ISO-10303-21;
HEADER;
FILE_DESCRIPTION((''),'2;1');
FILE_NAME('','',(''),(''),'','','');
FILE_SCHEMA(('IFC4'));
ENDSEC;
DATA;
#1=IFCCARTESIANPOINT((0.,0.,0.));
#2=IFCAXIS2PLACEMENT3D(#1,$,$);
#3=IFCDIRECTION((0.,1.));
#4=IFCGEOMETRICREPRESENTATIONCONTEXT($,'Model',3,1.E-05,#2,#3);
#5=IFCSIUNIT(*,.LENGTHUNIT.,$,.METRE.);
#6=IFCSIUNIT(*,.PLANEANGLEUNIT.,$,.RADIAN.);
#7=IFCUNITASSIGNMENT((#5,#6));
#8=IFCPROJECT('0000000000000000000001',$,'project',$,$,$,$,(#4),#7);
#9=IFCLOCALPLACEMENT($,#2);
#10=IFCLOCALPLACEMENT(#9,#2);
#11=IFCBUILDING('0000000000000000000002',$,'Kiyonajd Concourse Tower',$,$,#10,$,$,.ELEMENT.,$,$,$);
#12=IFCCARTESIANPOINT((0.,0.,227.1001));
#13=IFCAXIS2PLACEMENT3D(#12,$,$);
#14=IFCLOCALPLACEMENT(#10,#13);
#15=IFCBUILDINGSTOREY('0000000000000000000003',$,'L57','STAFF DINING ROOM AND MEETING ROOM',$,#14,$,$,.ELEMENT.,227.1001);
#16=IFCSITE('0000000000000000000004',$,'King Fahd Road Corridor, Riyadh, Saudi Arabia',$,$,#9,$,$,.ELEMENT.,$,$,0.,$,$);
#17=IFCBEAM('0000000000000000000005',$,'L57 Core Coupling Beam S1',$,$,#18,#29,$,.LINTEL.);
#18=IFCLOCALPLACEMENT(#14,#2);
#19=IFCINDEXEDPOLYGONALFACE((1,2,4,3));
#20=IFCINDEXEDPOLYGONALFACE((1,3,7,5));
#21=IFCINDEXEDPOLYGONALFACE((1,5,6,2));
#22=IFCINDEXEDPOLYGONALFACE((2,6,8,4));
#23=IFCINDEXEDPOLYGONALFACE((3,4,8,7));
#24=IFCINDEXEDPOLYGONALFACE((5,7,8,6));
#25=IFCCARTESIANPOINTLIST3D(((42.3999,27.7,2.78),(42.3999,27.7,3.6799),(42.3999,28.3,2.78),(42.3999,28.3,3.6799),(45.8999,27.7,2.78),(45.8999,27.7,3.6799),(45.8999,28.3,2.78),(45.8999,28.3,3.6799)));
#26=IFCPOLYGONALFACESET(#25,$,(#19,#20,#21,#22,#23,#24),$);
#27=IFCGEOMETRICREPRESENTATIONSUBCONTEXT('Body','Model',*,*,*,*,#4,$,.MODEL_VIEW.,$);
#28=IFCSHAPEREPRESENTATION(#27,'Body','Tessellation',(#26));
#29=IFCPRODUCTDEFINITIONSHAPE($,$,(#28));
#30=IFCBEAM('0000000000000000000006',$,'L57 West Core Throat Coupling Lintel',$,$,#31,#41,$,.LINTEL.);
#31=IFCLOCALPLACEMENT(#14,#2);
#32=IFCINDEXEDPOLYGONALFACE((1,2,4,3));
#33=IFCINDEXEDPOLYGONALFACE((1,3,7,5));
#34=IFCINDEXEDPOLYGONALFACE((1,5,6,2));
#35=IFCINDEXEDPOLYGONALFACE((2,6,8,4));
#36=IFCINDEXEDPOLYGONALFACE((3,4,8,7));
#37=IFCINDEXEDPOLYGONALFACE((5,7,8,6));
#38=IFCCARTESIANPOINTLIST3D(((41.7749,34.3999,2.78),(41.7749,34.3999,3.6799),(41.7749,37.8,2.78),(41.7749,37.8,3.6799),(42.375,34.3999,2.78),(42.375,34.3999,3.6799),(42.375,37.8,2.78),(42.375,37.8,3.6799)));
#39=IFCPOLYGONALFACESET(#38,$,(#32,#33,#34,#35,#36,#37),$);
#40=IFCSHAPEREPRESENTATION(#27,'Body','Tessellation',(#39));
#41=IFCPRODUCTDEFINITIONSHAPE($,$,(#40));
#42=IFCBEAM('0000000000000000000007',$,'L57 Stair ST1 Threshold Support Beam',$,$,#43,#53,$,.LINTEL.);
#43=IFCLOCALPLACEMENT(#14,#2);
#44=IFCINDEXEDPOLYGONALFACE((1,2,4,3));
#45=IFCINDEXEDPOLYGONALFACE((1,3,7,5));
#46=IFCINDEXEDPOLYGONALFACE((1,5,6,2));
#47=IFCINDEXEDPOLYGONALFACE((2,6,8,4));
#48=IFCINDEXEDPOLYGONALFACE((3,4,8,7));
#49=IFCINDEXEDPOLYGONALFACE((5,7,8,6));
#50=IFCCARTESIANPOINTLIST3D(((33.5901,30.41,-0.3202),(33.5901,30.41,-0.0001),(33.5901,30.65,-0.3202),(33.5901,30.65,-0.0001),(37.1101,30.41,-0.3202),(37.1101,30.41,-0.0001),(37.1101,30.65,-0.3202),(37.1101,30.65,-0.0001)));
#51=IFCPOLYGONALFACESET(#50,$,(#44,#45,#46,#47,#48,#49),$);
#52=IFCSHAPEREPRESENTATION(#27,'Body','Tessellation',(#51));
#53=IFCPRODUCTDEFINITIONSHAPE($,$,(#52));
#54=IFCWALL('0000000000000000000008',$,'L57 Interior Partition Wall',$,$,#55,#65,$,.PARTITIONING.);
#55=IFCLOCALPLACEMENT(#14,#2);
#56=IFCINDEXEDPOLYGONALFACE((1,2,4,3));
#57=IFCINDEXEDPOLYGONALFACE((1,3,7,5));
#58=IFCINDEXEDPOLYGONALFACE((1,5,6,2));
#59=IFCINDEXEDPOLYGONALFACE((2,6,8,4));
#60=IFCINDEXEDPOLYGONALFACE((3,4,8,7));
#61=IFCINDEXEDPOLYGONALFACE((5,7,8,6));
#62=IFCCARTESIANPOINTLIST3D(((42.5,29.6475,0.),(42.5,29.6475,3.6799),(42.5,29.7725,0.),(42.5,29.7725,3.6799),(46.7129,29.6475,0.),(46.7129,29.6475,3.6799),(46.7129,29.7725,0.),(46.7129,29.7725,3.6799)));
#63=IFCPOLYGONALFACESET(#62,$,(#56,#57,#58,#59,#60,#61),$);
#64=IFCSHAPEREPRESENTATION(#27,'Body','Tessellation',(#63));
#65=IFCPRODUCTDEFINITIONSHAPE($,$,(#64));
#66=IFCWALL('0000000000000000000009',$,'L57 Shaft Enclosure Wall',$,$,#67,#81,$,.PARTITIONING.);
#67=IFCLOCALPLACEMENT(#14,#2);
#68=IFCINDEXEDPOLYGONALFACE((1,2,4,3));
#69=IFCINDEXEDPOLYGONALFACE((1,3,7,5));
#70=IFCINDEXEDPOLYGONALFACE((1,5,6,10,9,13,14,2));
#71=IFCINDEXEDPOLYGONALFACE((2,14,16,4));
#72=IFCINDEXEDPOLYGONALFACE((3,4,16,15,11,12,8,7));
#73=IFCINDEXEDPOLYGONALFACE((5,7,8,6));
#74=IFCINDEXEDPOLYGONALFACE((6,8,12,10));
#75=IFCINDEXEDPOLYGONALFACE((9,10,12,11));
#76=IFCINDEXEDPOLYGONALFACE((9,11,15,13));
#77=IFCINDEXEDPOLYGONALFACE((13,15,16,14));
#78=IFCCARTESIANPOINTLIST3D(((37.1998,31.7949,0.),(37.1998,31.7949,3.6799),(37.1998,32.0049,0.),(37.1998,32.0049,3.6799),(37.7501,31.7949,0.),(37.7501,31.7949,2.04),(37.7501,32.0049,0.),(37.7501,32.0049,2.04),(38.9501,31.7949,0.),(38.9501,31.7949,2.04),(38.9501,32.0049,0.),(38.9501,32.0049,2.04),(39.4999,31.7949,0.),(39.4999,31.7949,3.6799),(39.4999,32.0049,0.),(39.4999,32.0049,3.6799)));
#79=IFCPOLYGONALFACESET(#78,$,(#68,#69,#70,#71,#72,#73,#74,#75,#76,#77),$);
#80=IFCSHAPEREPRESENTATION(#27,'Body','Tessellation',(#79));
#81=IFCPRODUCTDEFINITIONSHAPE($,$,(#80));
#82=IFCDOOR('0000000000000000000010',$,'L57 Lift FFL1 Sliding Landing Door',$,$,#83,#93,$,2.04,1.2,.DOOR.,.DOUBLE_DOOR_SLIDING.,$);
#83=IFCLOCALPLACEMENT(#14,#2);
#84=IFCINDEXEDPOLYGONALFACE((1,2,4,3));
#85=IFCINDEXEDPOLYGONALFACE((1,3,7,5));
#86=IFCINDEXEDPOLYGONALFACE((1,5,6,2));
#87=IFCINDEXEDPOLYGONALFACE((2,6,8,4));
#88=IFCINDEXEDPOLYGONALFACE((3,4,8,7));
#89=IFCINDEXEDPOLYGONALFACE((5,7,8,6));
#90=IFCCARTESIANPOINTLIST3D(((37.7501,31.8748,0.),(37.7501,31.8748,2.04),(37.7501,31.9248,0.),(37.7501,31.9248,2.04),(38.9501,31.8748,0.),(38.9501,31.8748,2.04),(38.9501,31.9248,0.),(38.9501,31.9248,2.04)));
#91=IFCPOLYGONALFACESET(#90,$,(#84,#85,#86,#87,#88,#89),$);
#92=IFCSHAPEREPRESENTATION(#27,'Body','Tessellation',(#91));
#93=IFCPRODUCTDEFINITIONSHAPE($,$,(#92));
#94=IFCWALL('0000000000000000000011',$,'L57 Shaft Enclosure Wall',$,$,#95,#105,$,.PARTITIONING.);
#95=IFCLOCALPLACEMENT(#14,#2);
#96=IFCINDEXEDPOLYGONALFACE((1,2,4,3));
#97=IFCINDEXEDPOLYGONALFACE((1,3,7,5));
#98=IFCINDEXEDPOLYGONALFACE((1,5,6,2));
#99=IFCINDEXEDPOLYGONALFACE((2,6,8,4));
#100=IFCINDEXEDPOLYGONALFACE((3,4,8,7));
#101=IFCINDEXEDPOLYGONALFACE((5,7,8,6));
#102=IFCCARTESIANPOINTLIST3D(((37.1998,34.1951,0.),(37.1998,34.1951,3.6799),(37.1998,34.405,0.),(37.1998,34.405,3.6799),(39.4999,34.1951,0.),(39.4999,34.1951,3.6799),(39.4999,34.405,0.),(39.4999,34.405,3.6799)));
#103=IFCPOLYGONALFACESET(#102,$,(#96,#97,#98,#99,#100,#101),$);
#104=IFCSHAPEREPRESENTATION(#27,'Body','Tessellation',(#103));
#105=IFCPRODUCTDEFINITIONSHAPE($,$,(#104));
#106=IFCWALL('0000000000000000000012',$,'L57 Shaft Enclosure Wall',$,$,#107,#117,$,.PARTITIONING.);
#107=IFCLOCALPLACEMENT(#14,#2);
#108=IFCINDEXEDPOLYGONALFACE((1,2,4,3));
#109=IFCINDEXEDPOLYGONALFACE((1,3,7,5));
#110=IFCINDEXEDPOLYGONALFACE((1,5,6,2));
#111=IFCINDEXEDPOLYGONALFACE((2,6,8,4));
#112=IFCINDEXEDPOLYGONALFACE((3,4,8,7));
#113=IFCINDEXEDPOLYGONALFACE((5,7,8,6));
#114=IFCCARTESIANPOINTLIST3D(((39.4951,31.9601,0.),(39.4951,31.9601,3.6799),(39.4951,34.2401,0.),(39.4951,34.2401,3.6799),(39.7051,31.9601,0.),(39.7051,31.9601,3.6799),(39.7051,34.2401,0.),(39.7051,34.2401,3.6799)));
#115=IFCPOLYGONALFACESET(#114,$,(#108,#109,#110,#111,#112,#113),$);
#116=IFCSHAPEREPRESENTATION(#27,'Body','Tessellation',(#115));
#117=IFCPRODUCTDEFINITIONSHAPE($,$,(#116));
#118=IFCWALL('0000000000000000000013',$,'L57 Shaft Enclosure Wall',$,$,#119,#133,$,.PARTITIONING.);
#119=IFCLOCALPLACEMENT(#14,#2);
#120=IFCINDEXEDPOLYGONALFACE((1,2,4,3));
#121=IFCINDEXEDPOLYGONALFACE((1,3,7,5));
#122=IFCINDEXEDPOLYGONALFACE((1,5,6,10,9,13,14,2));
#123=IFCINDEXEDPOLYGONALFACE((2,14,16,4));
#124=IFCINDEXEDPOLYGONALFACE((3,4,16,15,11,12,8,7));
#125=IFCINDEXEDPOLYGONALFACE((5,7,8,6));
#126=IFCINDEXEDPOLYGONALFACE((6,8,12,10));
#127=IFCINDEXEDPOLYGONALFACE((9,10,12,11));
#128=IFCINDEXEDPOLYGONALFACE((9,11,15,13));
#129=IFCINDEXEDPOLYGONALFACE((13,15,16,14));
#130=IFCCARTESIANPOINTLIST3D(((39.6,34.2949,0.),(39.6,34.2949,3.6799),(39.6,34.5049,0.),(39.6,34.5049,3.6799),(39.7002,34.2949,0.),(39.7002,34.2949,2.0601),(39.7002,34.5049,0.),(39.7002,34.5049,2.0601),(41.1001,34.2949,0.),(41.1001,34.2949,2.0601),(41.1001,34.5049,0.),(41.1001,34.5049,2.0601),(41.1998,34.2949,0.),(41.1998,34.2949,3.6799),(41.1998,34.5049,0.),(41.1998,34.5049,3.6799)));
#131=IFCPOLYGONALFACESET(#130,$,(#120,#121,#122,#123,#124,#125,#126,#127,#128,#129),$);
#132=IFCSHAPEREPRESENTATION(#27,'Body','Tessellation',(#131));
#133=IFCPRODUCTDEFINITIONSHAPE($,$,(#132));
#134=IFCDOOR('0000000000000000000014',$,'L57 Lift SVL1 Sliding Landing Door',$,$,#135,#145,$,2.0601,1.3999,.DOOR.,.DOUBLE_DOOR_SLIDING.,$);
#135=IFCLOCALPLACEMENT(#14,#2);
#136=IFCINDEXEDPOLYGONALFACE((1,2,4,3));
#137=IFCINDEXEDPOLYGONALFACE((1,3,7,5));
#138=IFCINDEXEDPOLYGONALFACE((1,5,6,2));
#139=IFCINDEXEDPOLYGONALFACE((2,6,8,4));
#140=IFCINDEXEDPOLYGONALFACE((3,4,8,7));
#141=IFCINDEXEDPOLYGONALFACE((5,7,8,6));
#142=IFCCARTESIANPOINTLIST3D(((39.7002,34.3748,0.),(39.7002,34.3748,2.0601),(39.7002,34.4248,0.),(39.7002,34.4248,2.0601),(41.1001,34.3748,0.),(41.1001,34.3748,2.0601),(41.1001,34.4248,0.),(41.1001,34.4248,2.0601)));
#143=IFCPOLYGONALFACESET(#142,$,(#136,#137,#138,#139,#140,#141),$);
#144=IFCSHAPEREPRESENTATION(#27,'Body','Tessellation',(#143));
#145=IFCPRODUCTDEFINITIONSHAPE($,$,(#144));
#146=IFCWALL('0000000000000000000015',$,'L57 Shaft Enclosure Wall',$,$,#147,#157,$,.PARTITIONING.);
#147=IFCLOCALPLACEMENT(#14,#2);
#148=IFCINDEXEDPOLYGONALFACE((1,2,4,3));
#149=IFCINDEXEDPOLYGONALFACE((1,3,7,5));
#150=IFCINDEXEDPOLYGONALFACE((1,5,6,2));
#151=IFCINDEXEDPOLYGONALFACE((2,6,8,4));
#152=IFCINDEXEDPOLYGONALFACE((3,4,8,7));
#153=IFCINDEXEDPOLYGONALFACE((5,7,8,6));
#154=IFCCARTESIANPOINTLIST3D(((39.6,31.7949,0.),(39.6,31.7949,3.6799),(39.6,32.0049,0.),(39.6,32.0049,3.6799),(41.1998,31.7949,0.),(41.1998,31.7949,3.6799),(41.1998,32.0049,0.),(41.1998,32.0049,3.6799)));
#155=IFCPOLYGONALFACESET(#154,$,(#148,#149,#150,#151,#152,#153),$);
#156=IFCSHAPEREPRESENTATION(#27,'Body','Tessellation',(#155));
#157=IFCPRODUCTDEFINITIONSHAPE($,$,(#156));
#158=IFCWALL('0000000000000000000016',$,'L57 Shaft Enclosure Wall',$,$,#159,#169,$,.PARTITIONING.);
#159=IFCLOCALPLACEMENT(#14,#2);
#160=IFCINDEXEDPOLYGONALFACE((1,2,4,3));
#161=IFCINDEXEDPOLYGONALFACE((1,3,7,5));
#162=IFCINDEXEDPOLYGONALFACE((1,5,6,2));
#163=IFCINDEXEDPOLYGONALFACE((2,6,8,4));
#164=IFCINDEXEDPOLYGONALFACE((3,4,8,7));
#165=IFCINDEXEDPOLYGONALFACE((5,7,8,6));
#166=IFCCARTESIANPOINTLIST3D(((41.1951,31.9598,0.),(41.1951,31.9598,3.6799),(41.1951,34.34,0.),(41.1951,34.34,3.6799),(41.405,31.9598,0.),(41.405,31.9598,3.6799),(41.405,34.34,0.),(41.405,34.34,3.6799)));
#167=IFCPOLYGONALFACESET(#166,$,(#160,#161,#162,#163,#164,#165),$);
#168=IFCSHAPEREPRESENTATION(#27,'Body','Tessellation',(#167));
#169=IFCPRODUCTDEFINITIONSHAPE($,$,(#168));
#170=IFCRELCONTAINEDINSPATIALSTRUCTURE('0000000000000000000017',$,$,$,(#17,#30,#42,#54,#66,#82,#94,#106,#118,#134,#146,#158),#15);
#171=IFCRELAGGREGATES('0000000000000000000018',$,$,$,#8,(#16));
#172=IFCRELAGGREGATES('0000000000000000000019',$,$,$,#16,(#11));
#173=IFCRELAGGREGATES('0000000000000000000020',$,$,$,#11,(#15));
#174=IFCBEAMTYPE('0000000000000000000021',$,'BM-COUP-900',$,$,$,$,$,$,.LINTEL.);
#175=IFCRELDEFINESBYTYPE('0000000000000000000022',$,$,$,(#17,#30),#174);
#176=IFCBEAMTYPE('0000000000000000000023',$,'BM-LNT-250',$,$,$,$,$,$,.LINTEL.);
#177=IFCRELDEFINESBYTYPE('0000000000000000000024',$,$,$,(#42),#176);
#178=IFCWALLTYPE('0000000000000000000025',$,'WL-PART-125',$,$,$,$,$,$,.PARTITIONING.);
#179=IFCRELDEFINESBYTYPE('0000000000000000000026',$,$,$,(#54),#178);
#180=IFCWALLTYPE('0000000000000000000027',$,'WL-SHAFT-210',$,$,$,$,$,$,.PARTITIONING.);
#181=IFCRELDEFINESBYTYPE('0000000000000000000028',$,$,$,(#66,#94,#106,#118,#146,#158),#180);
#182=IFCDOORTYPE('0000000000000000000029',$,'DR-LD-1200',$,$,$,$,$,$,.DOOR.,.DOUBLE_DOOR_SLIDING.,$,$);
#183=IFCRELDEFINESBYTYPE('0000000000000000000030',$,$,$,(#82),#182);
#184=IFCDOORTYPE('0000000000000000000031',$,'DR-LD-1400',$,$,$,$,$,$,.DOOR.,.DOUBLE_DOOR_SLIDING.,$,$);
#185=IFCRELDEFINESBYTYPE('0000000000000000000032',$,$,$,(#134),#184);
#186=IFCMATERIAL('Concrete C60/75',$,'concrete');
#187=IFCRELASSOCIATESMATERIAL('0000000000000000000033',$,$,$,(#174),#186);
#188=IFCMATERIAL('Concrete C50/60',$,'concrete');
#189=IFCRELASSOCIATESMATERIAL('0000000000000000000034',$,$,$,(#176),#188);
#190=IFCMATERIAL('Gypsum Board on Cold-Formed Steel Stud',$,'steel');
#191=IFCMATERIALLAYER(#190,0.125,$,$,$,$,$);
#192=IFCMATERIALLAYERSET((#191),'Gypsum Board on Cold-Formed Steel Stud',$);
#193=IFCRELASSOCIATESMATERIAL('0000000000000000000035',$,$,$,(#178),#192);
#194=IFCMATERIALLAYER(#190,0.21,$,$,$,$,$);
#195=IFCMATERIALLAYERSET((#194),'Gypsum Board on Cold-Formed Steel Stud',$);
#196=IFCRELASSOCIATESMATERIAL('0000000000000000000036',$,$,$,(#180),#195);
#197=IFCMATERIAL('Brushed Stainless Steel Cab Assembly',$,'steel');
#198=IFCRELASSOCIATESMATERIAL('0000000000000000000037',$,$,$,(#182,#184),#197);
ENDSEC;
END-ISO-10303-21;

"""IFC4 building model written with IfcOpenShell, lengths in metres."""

from ifc_helpers import new_model, si_unit, direction, frame, frame_2d, origin, origin_2d, place, context, subcontext, project, spatial, rectangle, extrude, material, layer, layer_set, material_profile, profile_set, type_object, element, fill, save


model = new_model("IFC4")

# Units and contexts
model_context = context("Model", 3, precision=1e-05, world=origin(), true_north=direction((0.0, 1.0)))
body_context = subcontext(model_context, "Body", "Model", "MODEL_VIEW")
ifc_project = project(units=[si_unit("LENGTHUNIT", "METRE"), si_unit("PLANEANGLEUNIT", "RADIAN")], contexts=[model_context])

# Site, building, storey
site_placement = place(None, origin())
site = spatial("IfcSite", under=ifc_project, at=site_placement, Name="King Fahd Road Corridor, Riyadh, Saudi Arabia", CompositionType="ELEMENT", RefElevation=0.0)
building_placement = place(site_placement, origin())
building = spatial("IfcBuilding", under=site, at=building_placement, Name="Kiyonajd Concourse Tower", CompositionType="ELEMENT")
storey_placement = place(building_placement, frame((0.0, 0.0, 227.1001)))
storey = spatial("IfcBuildingStorey", under=building, at=storey_placement, Name="L57", Description="STAFF DINING ROOM AND MEETING ROOM", CompositionType="ELEMENT", Elevation=227.1001)

# Beams
ifc_material_1 = material(Name="Concrete C60/75", Category="concrete")
ifc_material_profile_1 = material_profile(ifc_material_1, rectangle(XDim=0.6001, YDim=0.8999, at=origin_2d()), Name="RCBM-600x900")
ifc_profile_set_1 = profile_set([ifc_material_profile_1], Name="Concrete C60/75")
beam_type_1 = type_object("IfcBeamType", Name="BM-COUP-900", PredefinedType="LINTEL", material=ifc_profile_set_1)
beam_1_placement = place(storey_placement, frame((42.3999, 28.0, 3.23), z_axis=(1.0, 0.0, 0.0), x_axis=(0.0, 1.0, 0.0)))
element("IfcBeam", 1, at=beam_1_placement, inside=storey, type_object=beam_type_1, Name="L57 Core Coupling Beam S1", PredefinedType="LINTEL", context=body_context, shape_type="SweptSolid", body=[
    extrude(rectangle(XDim=0.6001, YDim=0.8999, at=origin_2d()), origin(), (0.0, 0.0, 1.0), 3.5),
])
beam_2_placement = place(storey_placement, frame((42.075, 34.3999, 3.23), z_axis=(0.0, 1.0, 0.0), x_axis=(-1.0, 0.0, 0.0)))
element("IfcBeam", 2, at=beam_2_placement, inside=storey, type_object=beam_type_1, Name="L57 West Core Throat Coupling Lintel", PredefinedType="LINTEL", context=body_context, shape_type="SweptSolid", body=[
    extrude(rectangle(XDim=0.6001, YDim=0.8999, at=origin_2d()), origin(), (0.0, 0.0, 1.0), 3.4001),
])
ifc_material_2 = material(Name="Concrete C50/60", Category="concrete")
ifc_material_profile_2 = material_profile(ifc_material_2, rectangle(XDim=0.24, YDim=0.3201, at=origin_2d()), Name="RCBM-240x320")
ifc_profile_set_2 = profile_set([ifc_material_profile_2], Name="Concrete C50/60")
beam_type_2 = type_object("IfcBeamType", Name="BM-LNT-250", PredefinedType="LINTEL", material=ifc_profile_set_2)
beam_3_placement = place(storey_placement, frame((33.5901, 30.53, -0.1602), z_axis=(1.0, 0.0, 0.0), x_axis=(0.0, 1.0, 0.0)))
element("IfcBeam", 3, at=beam_3_placement, inside=storey, type_object=beam_type_2, Name="L57 Stair ST1 Threshold Support Beam", PredefinedType="LINTEL", context=body_context, shape_type="SweptSolid", body=[
    extrude(rectangle(XDim=0.24, YDim=0.3201, at=origin_2d()), origin(), (0.0, 0.0, 1.0), 3.52),
])

# Wall
ifc_material_3 = material(Name="Gypsum Board on Cold-Formed Steel Stud", Category="steel")
ifc_layer_1 = layer(ifc_material_3, 0.125)
ifc_layer_set_1 = layer_set([ifc_layer_1], Name="Gypsum Board on Cold-Formed Steel Stud")
wall_type_1 = type_object("IfcWallType", Name="WL-PART-125", PredefinedType="PARTITIONING", material=ifc_layer_set_1)
wall_1_placement = place(storey_placement, frame((42.5, 29.71, 0.0), z_axis=(0.0, 0.0, 1.0), x_axis=(1.0, 0.0, 0.0)))
element("IfcWall", 4, at=wall_1_placement, inside=storey, type_object=wall_type_1, Name="L57 Interior Partition Wall", PredefinedType="PARTITIONING", context=body_context, shape_type="SweptSolid", body=[
    extrude(rectangle(XDim=4.2129, YDim=0.125, at=frame_2d((2.1064, 0.0))), origin(), (0.0, 0.0, 1.0), 3.6799),
])

# Wall, opening, door
ifc_layer_2 = layer(ifc_material_3, 0.21)
ifc_layer_set_2 = layer_set([ifc_layer_2], Name="Gypsum Board on Cold-Formed Steel Stud")
wall_type_2 = type_object("IfcWallType", Name="WL-SHAFT-210", PredefinedType="PARTITIONING", material=ifc_layer_set_2)
wall_2_placement = place(storey_placement, frame((37.2, 31.8999, 0.0), z_axis=(0.0, 0.0, 1.0), x_axis=(1.0, 0.0, 0.0)))
wall_2 = element("IfcWall", 5, at=wall_2_placement, inside=storey, type_object=wall_type_2, Name="L57 Shaft Enclosure Wall", PredefinedType="PARTITIONING", context=body_context, shape_type="SweptSolid", body=[
    extrude(rectangle(XDim=2.3, YDim=0.21, at=frame_2d((1.1499, 0.0))), origin(), (0.0, 0.0, 1.0), 3.6799),
])
opening_1_placement = place(wall_2_placement, frame((0.55, 0.0, 0.0)))
opening_1 = element("IfcOpeningElement", 6, at=opening_1_placement, cuts=wall_2, PredefinedType="OPENING", context=body_context, shape_type="SweptSolid", body=[
    extrude(rectangle(XDim=1.2, YDim=2.04, at=frame_2d((0.6001, 1.02))), frame((0.0, 0.115, 0.0), z_axis=(0.0, -1.0, 0.0), x_axis=(1.0, 0.0, 0.0)), (0.0, 0.0, 1.0), 0.23),
])
ifc_material_4 = material(Name="Brushed Stainless Steel Cab Assembly", Category="steel")
door_type_1 = type_object("IfcDoorType", Name="DR-LD-1200", OperationType="DOUBLE_DOOR_SLIDING", PredefinedType="DOOR", material=ifc_material_4)
door_1_placement = place(opening_1_placement, origin())
door_1 = element("IfcDoor", 7, at=door_1_placement, inside=storey, type_object=door_type_1, Name="L57 Lift FFL1 Sliding Landing Door", OperationType="DOUBLE_DOOR_SLIDING", OverallHeight=2.04, OverallWidth=1.2, PredefinedType="DOOR", context=body_context, shape_type="SweptSolid", body=[
    extrude(rectangle(XDim=1.2, YDim=2.04, at=frame_2d((0.6001, 1.02))), frame((0.0, 0.0249, 0.0), z_axis=(0.0, -1.0, 0.0), x_axis=(1.0, 0.0, 0.0)), (0.0, 0.0, 1.0), 0.05),
])
fill(opening_1, door_1)

# Walls
wall_3_placement = place(storey_placement, frame((37.2, 34.3, 0.0), z_axis=(0.0, 0.0, 1.0), x_axis=(1.0, 0.0, 0.0)))
element("IfcWall", 8, at=wall_3_placement, inside=storey, type_object=wall_type_2, Name="L57 Shaft Enclosure Wall", PredefinedType="PARTITIONING", context=body_context, shape_type="SweptSolid", body=[
    extrude(rectangle(XDim=2.3, YDim=0.21, at=frame_2d((1.1499, 0.0))), origin(), (0.0, 0.0, 1.0), 3.6799),
])
wall_4_placement = place(storey_placement, frame((39.6001, 31.96, 0.0), z_axis=(0.0, 0.0, 1.0), x_axis=(0.0, 1.0, 0.0)))
element("IfcWall", 9, at=wall_4_placement, inside=storey, type_object=wall_type_2, Name="L57 Shaft Enclosure Wall", PredefinedType="PARTITIONING", context=body_context, shape_type="SweptSolid", body=[
    extrude(rectangle(XDim=2.28, YDim=0.21, at=frame_2d((1.1401, 0.0))), origin(), (0.0, 0.0, 1.0), 3.6799),
])

# Wall, opening, door
wall_5_placement = place(storey_placement, frame((39.6001, 34.3999, 0.0), z_axis=(0.0, 0.0, 1.0), x_axis=(1.0, 0.0, 0.0)))
wall_5 = element("IfcWall", 10, at=wall_5_placement, inside=storey, type_object=wall_type_2, Name="L57 Shaft Enclosure Wall", PredefinedType="PARTITIONING", context=body_context, shape_type="SweptSolid", body=[
    extrude(rectangle(XDim=1.5999, YDim=0.21, at=frame_2d((0.7998, 0.0))), origin(), (0.0, 0.0, 1.0), 3.6799),
])
opening_2_placement = place(wall_5_placement, frame((0.1001, 0.0, 0.0)))
opening_2 = element("IfcOpeningElement", 11, at=opening_2_placement, cuts=wall_5, PredefinedType="OPENING", context=body_context, shape_type="SweptSolid", body=[
    extrude(rectangle(XDim=1.3999, YDim=2.0601, at=frame_2d((0.7, 1.03))), frame((0.0, 0.115, 0.0), z_axis=(0.0, -1.0, 0.0), x_axis=(1.0, 0.0, 0.0)), (0.0, 0.0, 1.0), 0.23),
])
door_type_2 = type_object("IfcDoorType", Name="DR-LD-1400", OperationType="DOUBLE_DOOR_SLIDING", PredefinedType="DOOR", material=ifc_material_4)
door_2_placement = place(opening_2_placement, origin())
door_2 = element("IfcDoor", 12, at=door_2_placement, inside=storey, type_object=door_type_2, Name="L57 Lift SVL1 Sliding Landing Door", OperationType="DOUBLE_DOOR_SLIDING", OverallHeight=2.0601, OverallWidth=1.3999, PredefinedType="DOOR", context=body_context, shape_type="SweptSolid", body=[
    extrude(rectangle(XDim=1.3999, YDim=2.0601, at=frame_2d((0.7, 1.03))), frame((0.0, 0.0249, 0.0), z_axis=(0.0, -1.0, 0.0), x_axis=(1.0, 0.0, 0.0)), (0.0, 0.0, 1.0), 0.05),
])
fill(opening_2, door_2)

# Walls
wall_6_placement = place(storey_placement, frame((39.6001, 31.8999, 0.0), z_axis=(0.0, 0.0, 1.0), x_axis=(1.0, 0.0, 0.0)))
element("IfcWall", 13, at=wall_6_placement, inside=storey, type_object=wall_type_2, Name="L57 Shaft Enclosure Wall", PredefinedType="PARTITIONING", context=body_context, shape_type="SweptSolid", body=[
    extrude(rectangle(XDim=1.5999, YDim=0.21, at=frame_2d((0.7998, 0.0))), origin(), (0.0, 0.0, 1.0), 3.6799),
])
wall_7_placement = place(storey_placement, frame((41.3, 31.96, 0.0), z_axis=(0.0, 0.0, 1.0), x_axis=(0.0, 1.0, 0.0)))
element("IfcWall", 14, at=wall_7_placement, inside=storey, type_object=wall_type_2, Name="L57 Shaft Enclosure Wall", PredefinedType="PARTITIONING", context=body_context, shape_type="SweptSolid", body=[
    extrude(rectangle(XDim=2.3801, YDim=0.21, at=frame_2d((1.1899, 0.0))), origin(), (0.0, 0.0, 1.0), 3.6799),
])

save(model, "model.ifc")
